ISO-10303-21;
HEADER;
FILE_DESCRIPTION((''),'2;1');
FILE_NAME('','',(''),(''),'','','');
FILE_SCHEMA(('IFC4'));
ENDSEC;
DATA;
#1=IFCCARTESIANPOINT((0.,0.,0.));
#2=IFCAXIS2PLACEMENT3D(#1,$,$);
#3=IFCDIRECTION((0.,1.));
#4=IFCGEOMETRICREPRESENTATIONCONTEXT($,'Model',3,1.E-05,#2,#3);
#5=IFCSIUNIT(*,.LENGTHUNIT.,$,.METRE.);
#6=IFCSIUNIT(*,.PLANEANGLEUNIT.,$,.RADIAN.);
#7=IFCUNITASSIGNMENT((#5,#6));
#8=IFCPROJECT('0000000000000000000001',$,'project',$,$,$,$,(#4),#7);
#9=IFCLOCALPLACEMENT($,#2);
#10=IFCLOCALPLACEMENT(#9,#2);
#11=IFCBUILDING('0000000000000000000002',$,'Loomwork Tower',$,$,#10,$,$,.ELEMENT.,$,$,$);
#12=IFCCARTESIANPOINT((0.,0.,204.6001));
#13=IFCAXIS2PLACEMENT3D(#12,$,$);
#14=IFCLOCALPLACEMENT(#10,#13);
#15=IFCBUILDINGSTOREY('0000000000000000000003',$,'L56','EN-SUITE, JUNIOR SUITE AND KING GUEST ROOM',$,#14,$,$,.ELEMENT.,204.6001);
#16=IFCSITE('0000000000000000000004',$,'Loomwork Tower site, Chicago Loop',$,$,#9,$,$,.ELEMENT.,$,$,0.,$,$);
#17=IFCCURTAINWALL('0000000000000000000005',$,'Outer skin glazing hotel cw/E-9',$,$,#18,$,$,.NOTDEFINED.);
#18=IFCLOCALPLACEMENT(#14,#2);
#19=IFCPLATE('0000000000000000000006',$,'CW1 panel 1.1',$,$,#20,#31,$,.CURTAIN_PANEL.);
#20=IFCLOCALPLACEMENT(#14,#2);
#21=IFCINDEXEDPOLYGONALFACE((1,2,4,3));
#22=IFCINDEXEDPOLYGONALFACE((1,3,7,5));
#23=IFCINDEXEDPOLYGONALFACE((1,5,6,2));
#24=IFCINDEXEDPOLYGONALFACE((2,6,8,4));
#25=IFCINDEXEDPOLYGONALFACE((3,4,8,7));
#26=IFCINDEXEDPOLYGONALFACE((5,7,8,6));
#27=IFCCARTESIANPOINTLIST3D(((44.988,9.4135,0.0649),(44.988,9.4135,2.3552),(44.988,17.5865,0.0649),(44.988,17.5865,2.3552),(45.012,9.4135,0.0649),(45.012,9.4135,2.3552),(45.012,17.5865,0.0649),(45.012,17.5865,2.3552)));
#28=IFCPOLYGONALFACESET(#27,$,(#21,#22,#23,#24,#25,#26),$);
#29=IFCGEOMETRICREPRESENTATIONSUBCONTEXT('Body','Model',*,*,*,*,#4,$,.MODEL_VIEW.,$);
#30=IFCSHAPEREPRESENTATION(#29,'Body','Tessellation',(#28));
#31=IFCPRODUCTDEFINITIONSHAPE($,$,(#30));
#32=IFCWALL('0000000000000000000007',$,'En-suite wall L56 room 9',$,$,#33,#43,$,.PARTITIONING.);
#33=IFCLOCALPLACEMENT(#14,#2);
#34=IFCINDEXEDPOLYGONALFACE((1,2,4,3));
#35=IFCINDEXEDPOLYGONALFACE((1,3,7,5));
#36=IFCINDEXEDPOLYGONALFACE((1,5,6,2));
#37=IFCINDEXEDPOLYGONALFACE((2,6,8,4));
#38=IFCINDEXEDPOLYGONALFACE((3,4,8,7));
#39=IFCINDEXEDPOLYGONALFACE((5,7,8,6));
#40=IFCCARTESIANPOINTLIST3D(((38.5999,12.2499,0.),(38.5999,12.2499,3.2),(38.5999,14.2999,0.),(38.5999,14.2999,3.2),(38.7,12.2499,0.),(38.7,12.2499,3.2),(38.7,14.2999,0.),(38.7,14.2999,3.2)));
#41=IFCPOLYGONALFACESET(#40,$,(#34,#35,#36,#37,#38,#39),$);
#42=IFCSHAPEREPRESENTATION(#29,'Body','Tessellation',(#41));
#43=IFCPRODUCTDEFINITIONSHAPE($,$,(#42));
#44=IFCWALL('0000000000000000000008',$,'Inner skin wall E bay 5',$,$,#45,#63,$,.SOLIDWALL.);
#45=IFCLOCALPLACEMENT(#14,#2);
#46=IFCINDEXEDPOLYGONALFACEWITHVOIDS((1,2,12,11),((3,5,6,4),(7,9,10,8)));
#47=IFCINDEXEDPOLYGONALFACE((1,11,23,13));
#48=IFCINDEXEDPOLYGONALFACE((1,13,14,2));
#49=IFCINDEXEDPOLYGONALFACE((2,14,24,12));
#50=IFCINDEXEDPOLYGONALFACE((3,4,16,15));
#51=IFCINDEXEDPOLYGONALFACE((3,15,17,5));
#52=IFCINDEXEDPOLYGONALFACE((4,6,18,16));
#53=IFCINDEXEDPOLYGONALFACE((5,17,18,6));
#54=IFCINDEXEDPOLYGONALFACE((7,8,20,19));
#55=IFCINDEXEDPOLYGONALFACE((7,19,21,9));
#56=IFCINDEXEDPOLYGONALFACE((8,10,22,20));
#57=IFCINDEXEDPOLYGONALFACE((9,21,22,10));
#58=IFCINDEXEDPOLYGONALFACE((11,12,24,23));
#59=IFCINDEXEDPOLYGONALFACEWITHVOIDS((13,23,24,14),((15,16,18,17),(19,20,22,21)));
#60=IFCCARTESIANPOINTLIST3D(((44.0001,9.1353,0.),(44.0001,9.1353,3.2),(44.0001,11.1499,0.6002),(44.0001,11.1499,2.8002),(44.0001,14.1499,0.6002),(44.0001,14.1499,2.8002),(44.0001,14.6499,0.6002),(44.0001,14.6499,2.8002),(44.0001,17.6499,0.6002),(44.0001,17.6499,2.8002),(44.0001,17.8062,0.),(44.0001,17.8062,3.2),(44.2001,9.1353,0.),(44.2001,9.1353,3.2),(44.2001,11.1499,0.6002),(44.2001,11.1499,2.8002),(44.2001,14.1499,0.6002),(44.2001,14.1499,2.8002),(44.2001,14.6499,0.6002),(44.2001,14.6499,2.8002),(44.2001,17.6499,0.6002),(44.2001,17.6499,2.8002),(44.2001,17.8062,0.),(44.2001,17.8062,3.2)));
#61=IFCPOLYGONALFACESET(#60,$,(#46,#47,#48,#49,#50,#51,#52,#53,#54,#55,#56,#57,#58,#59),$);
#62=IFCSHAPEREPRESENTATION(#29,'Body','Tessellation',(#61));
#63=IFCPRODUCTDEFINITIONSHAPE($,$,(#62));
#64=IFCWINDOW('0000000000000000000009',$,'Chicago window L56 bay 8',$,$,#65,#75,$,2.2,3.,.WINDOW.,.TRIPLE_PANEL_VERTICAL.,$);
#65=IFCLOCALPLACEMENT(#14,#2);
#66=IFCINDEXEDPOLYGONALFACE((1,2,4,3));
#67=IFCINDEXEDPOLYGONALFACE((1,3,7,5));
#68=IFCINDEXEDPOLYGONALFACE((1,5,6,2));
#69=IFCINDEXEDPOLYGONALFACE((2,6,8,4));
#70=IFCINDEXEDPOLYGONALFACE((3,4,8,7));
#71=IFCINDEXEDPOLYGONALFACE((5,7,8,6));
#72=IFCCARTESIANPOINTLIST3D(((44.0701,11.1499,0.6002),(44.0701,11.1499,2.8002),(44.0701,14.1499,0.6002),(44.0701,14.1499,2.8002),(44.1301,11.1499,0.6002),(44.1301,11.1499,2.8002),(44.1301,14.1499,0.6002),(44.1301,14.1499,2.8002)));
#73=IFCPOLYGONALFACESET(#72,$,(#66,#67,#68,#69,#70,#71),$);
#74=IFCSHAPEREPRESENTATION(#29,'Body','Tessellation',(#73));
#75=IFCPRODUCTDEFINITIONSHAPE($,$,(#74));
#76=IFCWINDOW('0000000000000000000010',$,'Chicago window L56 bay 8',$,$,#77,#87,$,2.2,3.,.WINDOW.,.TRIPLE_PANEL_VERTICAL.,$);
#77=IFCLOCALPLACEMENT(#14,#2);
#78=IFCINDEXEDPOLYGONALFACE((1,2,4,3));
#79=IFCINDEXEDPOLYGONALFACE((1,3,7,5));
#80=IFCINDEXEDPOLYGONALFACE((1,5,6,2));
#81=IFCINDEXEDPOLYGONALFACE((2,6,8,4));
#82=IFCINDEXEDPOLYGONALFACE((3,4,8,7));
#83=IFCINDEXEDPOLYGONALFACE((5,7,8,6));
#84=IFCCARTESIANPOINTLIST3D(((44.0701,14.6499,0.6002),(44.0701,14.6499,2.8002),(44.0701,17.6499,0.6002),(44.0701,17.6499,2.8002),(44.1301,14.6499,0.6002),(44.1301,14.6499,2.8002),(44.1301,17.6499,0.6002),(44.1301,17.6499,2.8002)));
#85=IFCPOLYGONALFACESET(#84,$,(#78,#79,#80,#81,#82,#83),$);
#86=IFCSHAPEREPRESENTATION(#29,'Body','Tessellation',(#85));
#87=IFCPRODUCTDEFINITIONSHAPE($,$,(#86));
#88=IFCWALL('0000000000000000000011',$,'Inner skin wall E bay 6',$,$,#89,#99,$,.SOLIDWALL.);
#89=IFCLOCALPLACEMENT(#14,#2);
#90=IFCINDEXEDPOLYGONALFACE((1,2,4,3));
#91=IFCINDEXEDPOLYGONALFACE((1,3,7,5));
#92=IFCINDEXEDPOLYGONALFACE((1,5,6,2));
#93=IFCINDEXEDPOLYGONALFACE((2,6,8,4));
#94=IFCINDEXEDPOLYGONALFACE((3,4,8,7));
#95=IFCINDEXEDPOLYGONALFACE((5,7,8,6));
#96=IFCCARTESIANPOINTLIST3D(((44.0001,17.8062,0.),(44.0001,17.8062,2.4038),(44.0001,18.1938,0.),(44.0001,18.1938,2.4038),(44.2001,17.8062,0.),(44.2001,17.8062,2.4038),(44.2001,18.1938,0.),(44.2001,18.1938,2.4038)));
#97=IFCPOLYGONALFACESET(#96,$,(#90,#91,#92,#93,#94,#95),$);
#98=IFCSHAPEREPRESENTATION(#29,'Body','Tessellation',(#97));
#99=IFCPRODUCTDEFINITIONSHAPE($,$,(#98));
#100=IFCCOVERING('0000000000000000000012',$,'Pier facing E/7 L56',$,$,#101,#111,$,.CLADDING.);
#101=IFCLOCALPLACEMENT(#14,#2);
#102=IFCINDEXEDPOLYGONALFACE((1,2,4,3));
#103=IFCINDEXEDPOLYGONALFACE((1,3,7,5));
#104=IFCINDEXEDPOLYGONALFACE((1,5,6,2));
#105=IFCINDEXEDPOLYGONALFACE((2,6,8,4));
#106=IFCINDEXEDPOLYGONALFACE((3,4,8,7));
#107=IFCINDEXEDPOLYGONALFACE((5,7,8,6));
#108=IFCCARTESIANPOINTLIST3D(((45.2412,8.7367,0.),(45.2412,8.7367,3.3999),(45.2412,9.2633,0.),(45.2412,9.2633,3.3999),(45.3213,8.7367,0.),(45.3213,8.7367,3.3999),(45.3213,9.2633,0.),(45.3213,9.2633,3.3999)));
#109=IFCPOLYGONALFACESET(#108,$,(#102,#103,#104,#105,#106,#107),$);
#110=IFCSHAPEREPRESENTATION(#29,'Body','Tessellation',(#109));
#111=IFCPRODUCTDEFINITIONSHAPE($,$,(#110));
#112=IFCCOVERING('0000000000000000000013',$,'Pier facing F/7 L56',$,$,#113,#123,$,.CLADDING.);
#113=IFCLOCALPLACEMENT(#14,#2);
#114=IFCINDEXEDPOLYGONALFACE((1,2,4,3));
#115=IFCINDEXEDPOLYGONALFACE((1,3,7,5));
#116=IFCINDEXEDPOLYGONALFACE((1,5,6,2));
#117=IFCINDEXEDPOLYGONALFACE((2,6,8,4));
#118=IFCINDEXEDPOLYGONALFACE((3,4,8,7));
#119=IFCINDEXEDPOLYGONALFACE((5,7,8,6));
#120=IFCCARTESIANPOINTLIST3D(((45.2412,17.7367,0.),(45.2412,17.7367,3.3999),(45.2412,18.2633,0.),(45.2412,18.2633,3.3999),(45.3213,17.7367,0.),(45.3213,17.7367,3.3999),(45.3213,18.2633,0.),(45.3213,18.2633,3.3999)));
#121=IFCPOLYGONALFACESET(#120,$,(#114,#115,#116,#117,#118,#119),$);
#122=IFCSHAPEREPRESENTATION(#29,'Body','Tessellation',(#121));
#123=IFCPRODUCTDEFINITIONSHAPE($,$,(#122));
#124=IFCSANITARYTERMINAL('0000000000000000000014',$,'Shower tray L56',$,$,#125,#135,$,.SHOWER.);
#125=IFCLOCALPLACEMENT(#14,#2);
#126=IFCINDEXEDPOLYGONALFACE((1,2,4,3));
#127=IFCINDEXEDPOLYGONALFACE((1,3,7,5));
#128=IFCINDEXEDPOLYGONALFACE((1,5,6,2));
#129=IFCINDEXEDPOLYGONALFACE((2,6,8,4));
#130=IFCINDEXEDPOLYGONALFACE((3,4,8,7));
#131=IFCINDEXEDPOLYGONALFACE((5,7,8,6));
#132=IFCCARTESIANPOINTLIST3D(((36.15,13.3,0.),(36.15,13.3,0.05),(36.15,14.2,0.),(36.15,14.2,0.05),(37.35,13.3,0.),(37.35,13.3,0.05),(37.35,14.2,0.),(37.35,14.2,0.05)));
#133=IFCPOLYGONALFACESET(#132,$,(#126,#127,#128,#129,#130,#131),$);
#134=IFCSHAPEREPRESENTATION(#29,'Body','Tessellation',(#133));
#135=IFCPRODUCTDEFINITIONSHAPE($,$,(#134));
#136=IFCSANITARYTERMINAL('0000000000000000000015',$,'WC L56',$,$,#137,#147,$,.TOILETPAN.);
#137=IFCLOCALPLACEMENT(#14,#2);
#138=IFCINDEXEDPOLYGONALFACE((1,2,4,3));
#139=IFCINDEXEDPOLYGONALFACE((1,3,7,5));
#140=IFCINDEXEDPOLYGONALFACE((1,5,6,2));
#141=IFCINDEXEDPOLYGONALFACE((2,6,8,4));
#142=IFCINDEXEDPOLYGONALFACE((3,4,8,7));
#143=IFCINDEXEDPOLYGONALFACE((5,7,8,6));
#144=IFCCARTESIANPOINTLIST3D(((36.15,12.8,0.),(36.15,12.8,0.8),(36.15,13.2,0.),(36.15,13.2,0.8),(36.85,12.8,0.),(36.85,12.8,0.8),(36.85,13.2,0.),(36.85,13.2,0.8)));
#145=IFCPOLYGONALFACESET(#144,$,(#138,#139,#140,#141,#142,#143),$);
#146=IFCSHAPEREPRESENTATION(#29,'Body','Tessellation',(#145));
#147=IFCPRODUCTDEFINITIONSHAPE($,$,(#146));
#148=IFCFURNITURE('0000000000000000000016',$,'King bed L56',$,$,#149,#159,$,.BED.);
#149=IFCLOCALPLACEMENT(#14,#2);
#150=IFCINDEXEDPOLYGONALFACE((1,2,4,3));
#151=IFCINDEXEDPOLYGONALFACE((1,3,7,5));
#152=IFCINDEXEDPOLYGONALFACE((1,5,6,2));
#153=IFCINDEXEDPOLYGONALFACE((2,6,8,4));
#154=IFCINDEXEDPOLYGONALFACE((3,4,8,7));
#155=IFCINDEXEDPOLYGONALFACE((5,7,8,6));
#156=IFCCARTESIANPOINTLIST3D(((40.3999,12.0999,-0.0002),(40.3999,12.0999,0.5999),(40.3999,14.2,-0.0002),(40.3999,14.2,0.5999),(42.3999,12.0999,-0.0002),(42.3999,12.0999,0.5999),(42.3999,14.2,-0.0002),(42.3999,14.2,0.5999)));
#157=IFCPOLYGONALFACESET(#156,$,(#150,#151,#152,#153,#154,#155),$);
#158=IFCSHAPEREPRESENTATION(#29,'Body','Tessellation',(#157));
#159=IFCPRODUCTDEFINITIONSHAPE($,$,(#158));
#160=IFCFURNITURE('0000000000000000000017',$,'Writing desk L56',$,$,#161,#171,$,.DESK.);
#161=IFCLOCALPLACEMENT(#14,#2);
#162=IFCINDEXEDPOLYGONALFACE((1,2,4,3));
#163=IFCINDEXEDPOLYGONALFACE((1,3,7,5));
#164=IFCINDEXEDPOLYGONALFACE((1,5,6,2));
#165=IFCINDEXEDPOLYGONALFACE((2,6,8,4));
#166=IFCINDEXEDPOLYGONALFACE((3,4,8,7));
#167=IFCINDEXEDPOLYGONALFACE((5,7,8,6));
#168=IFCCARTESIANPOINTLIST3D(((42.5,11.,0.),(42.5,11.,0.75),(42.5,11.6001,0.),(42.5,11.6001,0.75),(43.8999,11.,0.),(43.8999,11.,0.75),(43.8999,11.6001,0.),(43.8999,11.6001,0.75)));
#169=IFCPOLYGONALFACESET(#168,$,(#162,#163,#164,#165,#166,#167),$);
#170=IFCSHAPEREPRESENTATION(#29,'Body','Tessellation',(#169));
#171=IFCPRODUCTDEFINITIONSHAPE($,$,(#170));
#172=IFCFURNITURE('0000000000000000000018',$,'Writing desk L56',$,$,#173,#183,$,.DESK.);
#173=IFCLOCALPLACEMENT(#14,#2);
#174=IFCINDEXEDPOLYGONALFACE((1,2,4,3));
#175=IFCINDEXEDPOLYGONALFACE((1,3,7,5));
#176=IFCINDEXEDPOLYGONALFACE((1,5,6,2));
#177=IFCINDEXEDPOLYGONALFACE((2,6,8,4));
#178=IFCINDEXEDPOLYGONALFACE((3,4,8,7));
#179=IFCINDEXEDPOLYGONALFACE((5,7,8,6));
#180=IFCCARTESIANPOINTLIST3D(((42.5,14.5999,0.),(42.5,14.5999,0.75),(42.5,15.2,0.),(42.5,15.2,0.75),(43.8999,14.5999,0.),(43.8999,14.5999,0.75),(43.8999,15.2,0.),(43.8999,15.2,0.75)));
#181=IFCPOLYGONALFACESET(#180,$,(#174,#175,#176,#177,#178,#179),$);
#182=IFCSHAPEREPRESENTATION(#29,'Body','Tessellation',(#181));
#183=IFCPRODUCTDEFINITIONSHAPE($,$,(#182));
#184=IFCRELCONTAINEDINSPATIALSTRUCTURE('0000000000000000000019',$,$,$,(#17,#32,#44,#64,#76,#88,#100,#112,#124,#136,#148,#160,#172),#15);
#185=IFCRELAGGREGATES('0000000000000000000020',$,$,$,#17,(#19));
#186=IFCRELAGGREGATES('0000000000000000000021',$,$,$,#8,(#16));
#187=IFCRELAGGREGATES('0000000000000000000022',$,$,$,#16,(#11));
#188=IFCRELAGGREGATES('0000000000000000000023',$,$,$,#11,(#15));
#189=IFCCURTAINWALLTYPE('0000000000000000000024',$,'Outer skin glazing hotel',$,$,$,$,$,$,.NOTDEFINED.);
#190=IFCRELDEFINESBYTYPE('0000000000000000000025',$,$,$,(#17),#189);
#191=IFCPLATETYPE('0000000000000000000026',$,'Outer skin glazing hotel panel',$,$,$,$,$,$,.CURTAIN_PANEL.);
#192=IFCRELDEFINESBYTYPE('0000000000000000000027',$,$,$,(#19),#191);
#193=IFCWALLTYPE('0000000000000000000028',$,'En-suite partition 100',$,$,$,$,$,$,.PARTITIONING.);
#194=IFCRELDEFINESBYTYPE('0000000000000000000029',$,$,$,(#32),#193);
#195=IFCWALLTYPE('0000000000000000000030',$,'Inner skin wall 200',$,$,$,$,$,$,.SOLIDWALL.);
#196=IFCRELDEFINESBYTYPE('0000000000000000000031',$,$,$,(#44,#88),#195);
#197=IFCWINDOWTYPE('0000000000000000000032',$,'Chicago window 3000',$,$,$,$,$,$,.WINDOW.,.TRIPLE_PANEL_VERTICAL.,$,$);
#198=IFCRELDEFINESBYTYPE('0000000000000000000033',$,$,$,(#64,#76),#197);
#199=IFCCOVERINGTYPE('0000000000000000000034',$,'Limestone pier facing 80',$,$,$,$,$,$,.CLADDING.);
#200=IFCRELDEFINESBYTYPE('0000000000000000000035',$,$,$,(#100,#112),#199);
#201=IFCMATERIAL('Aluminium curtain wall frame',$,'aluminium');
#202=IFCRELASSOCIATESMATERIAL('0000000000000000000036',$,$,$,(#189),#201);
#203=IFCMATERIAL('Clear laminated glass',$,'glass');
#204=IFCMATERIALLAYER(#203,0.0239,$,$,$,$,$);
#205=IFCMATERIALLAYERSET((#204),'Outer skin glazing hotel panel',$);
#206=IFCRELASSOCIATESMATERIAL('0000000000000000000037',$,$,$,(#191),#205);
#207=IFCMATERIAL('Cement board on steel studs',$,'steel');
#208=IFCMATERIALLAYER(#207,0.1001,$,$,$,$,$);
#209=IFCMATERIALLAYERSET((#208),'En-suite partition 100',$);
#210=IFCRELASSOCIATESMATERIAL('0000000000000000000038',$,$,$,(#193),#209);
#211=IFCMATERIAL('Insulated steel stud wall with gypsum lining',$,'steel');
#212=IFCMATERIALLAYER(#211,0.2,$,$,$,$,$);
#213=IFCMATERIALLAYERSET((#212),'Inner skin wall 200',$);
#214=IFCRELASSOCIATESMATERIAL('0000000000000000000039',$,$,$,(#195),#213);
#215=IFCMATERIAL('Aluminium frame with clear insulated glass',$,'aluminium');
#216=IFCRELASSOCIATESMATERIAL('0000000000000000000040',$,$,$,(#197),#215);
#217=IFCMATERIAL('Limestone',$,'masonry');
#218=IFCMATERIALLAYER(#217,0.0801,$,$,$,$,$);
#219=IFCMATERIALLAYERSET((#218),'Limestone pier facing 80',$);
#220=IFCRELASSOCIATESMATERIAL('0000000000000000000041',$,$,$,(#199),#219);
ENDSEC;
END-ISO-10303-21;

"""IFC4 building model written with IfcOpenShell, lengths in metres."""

from ifc_helpers import new_model, si_unit, direction, frame, frame_2d, origin, origin_2d, place, context, subcontext, project, spatial, rectangle, extrude, material, layer, layer_set, type_object, element, fill, aggregate, save


model = new_model("IFC4")

# Units and contexts
model_context = context("Model", 3, precision=1e-05, world=origin(), true_north=direction((0.0, 1.0)))
body_context = subcontext(model_context, "Body", "Model", "MODEL_VIEW")
ifc_project = project(units=[si_unit("LENGTHUNIT", "METRE"), si_unit("PLANEANGLEUNIT", "RADIAN")], contexts=[model_context])

# Site, building, storey
site_placement = place(None, origin())
site = spatial("IfcSite", under=ifc_project, at=site_placement, Name="Loomwork Tower site, Chicago Loop", CompositionType="ELEMENT", RefElevation=0.0)
building_placement = place(site_placement, origin())
building = spatial("IfcBuilding", under=site, at=building_placement, Name="Loomwork Tower", CompositionType="ELEMENT")
storey_placement = place(building_placement, frame((0.0, 0.0, 204.6001)))
storey = spatial("IfcBuildingStorey", under=building, at=storey_placement, Name="L56", Description="EN-SUITE, JUNIOR SUITE AND KING GUEST ROOM", CompositionType="ELEMENT", Elevation=204.6001)

# Curtain wall
ifc_material_1 = material(Name="Aluminium curtain wall frame", Category="aluminium")
curtain_wall_type = type_object("IfcCurtainWallType", Name="Outer skin glazing hotel", PredefinedType="NOTDEFINED", material=ifc_material_1)
curtain_wall_placement = place(storey_placement, origin())
curtain_wall = element("IfcCurtainWall", 1, at=curtain_wall_placement, inside=storey, type_object=curtain_wall_type, Name="Outer skin glazing hotel cw/E-9", PredefinedType="NOTDEFINED")

# Plate
ifc_material_2 = material(Name="Clear laminated glass", Category="glass")
ifc_layer_1 = layer(ifc_material_2, 0.0239)
ifc_layer_set_1 = layer_set([ifc_layer_1], Name="Outer skin glazing hotel panel")
plate_type = type_object("IfcPlateType", Name="Outer skin glazing hotel panel", PredefinedType="CURTAIN_PANEL", material=ifc_layer_set_1)
plate_placement = place(storey_placement, frame((45.0, 13.5, 0.0649), z_axis=(0.0, 0.0, 1.0), x_axis=(0.0, 1.0, 0.0)))
plate = element("IfcPlate", 2, at=plate_placement, type_object=plate_type, Name="CW1 panel 1.1", PredefinedType="CURTAIN_PANEL", context=body_context, shape_type="SweptSolid", body=[
    extrude(rectangle(XDim=8.1731, YDim=0.0239, at=origin_2d()), origin(), (0.0, 0.0, 1.0), 2.2903),
])
aggregate(curtain_wall, [plate])

# Wall
ifc_material_3 = material(Name="Cement board on steel studs", Category="steel")
ifc_layer_2 = layer(ifc_material_3, 0.1001)
ifc_layer_set_2 = layer_set([ifc_layer_2], Name="En-suite partition 100")
wall_type_1 = type_object("IfcWallType", Name="En-suite partition 100", PredefinedType="PARTITIONING", material=ifc_layer_set_2)
wall_1_placement = place(storey_placement, frame((38.6499, 12.25, 0.0), z_axis=(0.0, 0.0, 1.0), x_axis=(0.0, 1.0, 0.0)))
element("IfcWall", 3, at=wall_1_placement, inside=storey, type_object=wall_type_1, Name="En-suite wall L56 room 9", PredefinedType="PARTITIONING", context=body_context, shape_type="SweptSolid", body=[
    extrude(rectangle(XDim=2.05, YDim=0.1001, at=frame_2d((1.0249, 0.0))), origin(), (0.0, 0.0, 1.0), 3.2),
])

# Wall, openings, windows
ifc_material_4 = material(Name="Insulated steel stud wall with gypsum lining", Category="steel")
ifc_layer_3 = layer(ifc_material_4, 0.2)
ifc_layer_set_3 = layer_set([ifc_layer_3], Name="Inner skin wall 200")
wall_type_2 = type_object("IfcWallType", Name="Inner skin wall 200", PredefinedType="SOLIDWALL", material=ifc_layer_set_3)
wall_2_placement = place(storey_placement, frame((44.1001, 9.1353, 0.0), z_axis=(0.0, 0.0, 1.0), x_axis=(0.0, 1.0, 0.0)))
wall_2 = element("IfcWall", 4, at=wall_2_placement, inside=storey, type_object=wall_type_2, Name="Inner skin wall E bay 5", PredefinedType="SOLIDWALL", context=body_context, shape_type="SweptSolid", body=[
    extrude(rectangle(XDim=8.6709, YDim=0.2, at=frame_2d((4.3354, 0.0))), origin(), (0.0, 0.0, 1.0), 3.2),
])
opening_1_placement = place(wall_2_placement, frame((2.0146, 0.0, 0.6001)))
opening_1 = element("IfcOpeningElement", 5, at=opening_1_placement, cuts=wall_2, PredefinedType="OPENING", context=body_context, shape_type="SweptSolid", body=[
    extrude(rectangle(XDim=3.0, YDim=2.2, at=frame_2d((1.5, 1.1001))), frame((0.0, 0.1099, 0.0), z_axis=(0.0, -1.0, 0.0), x_axis=(1.0, 0.0, 0.0)), (0.0, 0.0, 1.0), 0.22),
])
opening_2_placement = place(wall_2_placement, frame((5.5146, 0.0, 0.6001)))
opening_2 = element("IfcOpeningElement", 6, at=opening_2_placement, cuts=wall_2, PredefinedType="OPENING", context=body_context, shape_type="SweptSolid", body=[
    extrude(rectangle(XDim=3.0, YDim=2.2, at=frame_2d((1.5, 1.1001))), frame((0.0, 0.1099, 0.0), z_axis=(0.0, -1.0, 0.0), x_axis=(1.0, 0.0, 0.0)), (0.0, 0.0, 1.0), 0.22),
])
ifc_material_5 = material(Name="Aluminium frame with clear insulated glass", Category="aluminium")
window_type = type_object("IfcWindowType", Name="Chicago window 3000", PartitioningType="TRIPLE_PANEL_VERTICAL", PredefinedType="WINDOW", material=ifc_material_5)
window_1_placement = place(opening_1_placement, origin())
window_1 = element("IfcWindow", 7, at=window_1_placement, inside=storey, type_object=window_type, Name="Chicago window L56 bay 8", OverallHeight=2.2, OverallWidth=3.0, PartitioningType="TRIPLE_PANEL_VERTICAL", PredefinedType="WINDOW", context=body_context, shape_type="SweptSolid", body=[
    extrude(rectangle(XDim=3.0, YDim=2.2, at=frame_2d((1.5, 1.1001))), frame((0.0, 0.03, 0.0), z_axis=(0.0, -1.0, 0.0), x_axis=(1.0, 0.0, 0.0)), (0.0, 0.0, 1.0), 0.0601),
])
fill(opening_1, window_1)
window_2_placement = place(opening_2_placement, origin())
window_2 = element("IfcWindow", 8, at=window_2_placement, inside=storey, type_object=window_type, Name="Chicago window L56 bay 8", OverallHeight=2.2, OverallWidth=3.0, PartitioningType="TRIPLE_PANEL_VERTICAL", PredefinedType="WINDOW", context=body_context, shape_type="SweptSolid", body=[
    extrude(rectangle(XDim=3.0, YDim=2.2, at=frame_2d((1.5, 1.1001))), frame((0.0, 0.03, 0.0), z_axis=(0.0, -1.0, 0.0), x_axis=(1.0, 0.0, 0.0)), (0.0, 0.0, 1.0), 0.0601),
])
fill(opening_2, window_2)

# Wall
wall_3_placement = place(storey_placement, frame((44.1001, 17.8062, 0.0), z_axis=(0.0, 0.0, 1.0), x_axis=(0.0, 1.0, 0.0)))
element("IfcWall", 9, at=wall_3_placement, inside=storey, type_object=wall_type_2, Name="Inner skin wall E bay 6", PredefinedType="SOLIDWALL", context=body_context, shape_type="SweptSolid", body=[
    extrude(rectangle(XDim=0.3877, YDim=0.2, at=frame_2d((0.1938, 0.0))), origin(), (0.0, 0.0, 1.0), 2.4038),
])

# Coverings
ifc_material_6 = material(Name="Limestone", Category="masonry")
ifc_layer_4 = layer(ifc_material_6, 0.0801)
ifc_layer_set_4 = layer_set([ifc_layer_4], Name="Limestone pier facing 80")
covering_type = type_object("IfcCoveringType", Name="Limestone pier facing 80", PredefinedType="CLADDING", material=ifc_layer_set_4)
for number, where, z_axis, x_axis, name in (
    (10, (45.2812, 9.0, 0.0), (0.0, 0.0, 1.0), (1.0, 0.0, 0.0), "Pier facing E/7 L56"),
    (11, (45.2812, 18.0, 0.0), (0.0, 0.0, 1.0), (1.0, 0.0, 0.0), "Pier facing F/7 L56"),
):
    element("IfcCovering", number, at=place(storey_placement, frame(where, z_axis=z_axis, x_axis=x_axis)), inside=storey, type_object=covering_type, Name=name, PredefinedType="CLADDING", context=body_context, shape_type="SweptSolid", body=[
        extrude(rectangle(XDim=0.0801, YDim=0.5266, at=origin_2d()), origin(), (0.0, 0.0, 1.0), 3.3999),
    ])

# Sanitary terminals
sanitary_terminal_1_placement = place(storey_placement, frame((36.75, 13.75, 0.0), z_axis=(0.0, 0.0, 1.0), x_axis=(1.0, 0.0, 0.0)))
element("IfcSanitaryTerminal", 12, at=sanitary_terminal_1_placement, inside=storey, Name="Shower tray L56", PredefinedType="SHOWER", context=body_context, shape_type="SweptSolid", body=[
    extrude(rectangle(XDim=1.2, YDim=0.8999, at=origin_2d()), origin(), (0.0, 0.0, 1.0), 0.05),
])
sanitary_terminal_2_placement = place(storey_placement, frame((36.5, 13.0, 0.0), z_axis=(0.0, 0.0, 1.0), x_axis=(1.0, 0.0, 0.0)))
element("IfcSanitaryTerminal", 13, at=sanitary_terminal_2_placement, inside=storey, Name="WC L56", PredefinedType="TOILETPAN", context=body_context, shape_type="SweptSolid", body=[
    extrude(rectangle(XDim=0.7, YDim=0.3999, at=origin_2d()), origin(), (0.0, 0.0, 1.0), 0.8),
])

# Furniture
furniture_1_placement = place(storey_placement, frame((41.3999, 13.1499, -0.0002), z_axis=(0.0, 0.0, 1.0), x_axis=(1.0, 0.0, 0.0)))
element("IfcFurniture", 14, at=furniture_1_placement, inside=storey, Name="King bed L56", PredefinedType="BED", context=body_context, shape_type="SweptSolid", body=[
    extrude(rectangle(XDim=2.0, YDim=2.1001, at=origin_2d()), origin(), (0.0, 0.0, 1.0), 0.6001),
])
for number, where, z_axis, x_axis, name in (
    (15, (43.2, 11.3, 0.0), (0.0, 0.0, 1.0), (1.0, 0.0, 0.0), "Writing desk L56"),
    (16, (43.2, 14.8999, 0.0), (0.0, 0.0, 1.0), (1.0, 0.0, 0.0), "Writing desk L56"),
):
    element("IfcFurniture", number, at=place(storey_placement, frame(where, z_axis=z_axis, x_axis=x_axis)), inside=storey, Name=name, PredefinedType="DESK", context=body_context, shape_type="SweptSolid", body=[
        extrude(rectangle(XDim=1.3999, YDim=0.6001, at=origin_2d()), origin(), (0.0, 0.0, 1.0), 0.75),
    ])

save(model, "model.ifc")
